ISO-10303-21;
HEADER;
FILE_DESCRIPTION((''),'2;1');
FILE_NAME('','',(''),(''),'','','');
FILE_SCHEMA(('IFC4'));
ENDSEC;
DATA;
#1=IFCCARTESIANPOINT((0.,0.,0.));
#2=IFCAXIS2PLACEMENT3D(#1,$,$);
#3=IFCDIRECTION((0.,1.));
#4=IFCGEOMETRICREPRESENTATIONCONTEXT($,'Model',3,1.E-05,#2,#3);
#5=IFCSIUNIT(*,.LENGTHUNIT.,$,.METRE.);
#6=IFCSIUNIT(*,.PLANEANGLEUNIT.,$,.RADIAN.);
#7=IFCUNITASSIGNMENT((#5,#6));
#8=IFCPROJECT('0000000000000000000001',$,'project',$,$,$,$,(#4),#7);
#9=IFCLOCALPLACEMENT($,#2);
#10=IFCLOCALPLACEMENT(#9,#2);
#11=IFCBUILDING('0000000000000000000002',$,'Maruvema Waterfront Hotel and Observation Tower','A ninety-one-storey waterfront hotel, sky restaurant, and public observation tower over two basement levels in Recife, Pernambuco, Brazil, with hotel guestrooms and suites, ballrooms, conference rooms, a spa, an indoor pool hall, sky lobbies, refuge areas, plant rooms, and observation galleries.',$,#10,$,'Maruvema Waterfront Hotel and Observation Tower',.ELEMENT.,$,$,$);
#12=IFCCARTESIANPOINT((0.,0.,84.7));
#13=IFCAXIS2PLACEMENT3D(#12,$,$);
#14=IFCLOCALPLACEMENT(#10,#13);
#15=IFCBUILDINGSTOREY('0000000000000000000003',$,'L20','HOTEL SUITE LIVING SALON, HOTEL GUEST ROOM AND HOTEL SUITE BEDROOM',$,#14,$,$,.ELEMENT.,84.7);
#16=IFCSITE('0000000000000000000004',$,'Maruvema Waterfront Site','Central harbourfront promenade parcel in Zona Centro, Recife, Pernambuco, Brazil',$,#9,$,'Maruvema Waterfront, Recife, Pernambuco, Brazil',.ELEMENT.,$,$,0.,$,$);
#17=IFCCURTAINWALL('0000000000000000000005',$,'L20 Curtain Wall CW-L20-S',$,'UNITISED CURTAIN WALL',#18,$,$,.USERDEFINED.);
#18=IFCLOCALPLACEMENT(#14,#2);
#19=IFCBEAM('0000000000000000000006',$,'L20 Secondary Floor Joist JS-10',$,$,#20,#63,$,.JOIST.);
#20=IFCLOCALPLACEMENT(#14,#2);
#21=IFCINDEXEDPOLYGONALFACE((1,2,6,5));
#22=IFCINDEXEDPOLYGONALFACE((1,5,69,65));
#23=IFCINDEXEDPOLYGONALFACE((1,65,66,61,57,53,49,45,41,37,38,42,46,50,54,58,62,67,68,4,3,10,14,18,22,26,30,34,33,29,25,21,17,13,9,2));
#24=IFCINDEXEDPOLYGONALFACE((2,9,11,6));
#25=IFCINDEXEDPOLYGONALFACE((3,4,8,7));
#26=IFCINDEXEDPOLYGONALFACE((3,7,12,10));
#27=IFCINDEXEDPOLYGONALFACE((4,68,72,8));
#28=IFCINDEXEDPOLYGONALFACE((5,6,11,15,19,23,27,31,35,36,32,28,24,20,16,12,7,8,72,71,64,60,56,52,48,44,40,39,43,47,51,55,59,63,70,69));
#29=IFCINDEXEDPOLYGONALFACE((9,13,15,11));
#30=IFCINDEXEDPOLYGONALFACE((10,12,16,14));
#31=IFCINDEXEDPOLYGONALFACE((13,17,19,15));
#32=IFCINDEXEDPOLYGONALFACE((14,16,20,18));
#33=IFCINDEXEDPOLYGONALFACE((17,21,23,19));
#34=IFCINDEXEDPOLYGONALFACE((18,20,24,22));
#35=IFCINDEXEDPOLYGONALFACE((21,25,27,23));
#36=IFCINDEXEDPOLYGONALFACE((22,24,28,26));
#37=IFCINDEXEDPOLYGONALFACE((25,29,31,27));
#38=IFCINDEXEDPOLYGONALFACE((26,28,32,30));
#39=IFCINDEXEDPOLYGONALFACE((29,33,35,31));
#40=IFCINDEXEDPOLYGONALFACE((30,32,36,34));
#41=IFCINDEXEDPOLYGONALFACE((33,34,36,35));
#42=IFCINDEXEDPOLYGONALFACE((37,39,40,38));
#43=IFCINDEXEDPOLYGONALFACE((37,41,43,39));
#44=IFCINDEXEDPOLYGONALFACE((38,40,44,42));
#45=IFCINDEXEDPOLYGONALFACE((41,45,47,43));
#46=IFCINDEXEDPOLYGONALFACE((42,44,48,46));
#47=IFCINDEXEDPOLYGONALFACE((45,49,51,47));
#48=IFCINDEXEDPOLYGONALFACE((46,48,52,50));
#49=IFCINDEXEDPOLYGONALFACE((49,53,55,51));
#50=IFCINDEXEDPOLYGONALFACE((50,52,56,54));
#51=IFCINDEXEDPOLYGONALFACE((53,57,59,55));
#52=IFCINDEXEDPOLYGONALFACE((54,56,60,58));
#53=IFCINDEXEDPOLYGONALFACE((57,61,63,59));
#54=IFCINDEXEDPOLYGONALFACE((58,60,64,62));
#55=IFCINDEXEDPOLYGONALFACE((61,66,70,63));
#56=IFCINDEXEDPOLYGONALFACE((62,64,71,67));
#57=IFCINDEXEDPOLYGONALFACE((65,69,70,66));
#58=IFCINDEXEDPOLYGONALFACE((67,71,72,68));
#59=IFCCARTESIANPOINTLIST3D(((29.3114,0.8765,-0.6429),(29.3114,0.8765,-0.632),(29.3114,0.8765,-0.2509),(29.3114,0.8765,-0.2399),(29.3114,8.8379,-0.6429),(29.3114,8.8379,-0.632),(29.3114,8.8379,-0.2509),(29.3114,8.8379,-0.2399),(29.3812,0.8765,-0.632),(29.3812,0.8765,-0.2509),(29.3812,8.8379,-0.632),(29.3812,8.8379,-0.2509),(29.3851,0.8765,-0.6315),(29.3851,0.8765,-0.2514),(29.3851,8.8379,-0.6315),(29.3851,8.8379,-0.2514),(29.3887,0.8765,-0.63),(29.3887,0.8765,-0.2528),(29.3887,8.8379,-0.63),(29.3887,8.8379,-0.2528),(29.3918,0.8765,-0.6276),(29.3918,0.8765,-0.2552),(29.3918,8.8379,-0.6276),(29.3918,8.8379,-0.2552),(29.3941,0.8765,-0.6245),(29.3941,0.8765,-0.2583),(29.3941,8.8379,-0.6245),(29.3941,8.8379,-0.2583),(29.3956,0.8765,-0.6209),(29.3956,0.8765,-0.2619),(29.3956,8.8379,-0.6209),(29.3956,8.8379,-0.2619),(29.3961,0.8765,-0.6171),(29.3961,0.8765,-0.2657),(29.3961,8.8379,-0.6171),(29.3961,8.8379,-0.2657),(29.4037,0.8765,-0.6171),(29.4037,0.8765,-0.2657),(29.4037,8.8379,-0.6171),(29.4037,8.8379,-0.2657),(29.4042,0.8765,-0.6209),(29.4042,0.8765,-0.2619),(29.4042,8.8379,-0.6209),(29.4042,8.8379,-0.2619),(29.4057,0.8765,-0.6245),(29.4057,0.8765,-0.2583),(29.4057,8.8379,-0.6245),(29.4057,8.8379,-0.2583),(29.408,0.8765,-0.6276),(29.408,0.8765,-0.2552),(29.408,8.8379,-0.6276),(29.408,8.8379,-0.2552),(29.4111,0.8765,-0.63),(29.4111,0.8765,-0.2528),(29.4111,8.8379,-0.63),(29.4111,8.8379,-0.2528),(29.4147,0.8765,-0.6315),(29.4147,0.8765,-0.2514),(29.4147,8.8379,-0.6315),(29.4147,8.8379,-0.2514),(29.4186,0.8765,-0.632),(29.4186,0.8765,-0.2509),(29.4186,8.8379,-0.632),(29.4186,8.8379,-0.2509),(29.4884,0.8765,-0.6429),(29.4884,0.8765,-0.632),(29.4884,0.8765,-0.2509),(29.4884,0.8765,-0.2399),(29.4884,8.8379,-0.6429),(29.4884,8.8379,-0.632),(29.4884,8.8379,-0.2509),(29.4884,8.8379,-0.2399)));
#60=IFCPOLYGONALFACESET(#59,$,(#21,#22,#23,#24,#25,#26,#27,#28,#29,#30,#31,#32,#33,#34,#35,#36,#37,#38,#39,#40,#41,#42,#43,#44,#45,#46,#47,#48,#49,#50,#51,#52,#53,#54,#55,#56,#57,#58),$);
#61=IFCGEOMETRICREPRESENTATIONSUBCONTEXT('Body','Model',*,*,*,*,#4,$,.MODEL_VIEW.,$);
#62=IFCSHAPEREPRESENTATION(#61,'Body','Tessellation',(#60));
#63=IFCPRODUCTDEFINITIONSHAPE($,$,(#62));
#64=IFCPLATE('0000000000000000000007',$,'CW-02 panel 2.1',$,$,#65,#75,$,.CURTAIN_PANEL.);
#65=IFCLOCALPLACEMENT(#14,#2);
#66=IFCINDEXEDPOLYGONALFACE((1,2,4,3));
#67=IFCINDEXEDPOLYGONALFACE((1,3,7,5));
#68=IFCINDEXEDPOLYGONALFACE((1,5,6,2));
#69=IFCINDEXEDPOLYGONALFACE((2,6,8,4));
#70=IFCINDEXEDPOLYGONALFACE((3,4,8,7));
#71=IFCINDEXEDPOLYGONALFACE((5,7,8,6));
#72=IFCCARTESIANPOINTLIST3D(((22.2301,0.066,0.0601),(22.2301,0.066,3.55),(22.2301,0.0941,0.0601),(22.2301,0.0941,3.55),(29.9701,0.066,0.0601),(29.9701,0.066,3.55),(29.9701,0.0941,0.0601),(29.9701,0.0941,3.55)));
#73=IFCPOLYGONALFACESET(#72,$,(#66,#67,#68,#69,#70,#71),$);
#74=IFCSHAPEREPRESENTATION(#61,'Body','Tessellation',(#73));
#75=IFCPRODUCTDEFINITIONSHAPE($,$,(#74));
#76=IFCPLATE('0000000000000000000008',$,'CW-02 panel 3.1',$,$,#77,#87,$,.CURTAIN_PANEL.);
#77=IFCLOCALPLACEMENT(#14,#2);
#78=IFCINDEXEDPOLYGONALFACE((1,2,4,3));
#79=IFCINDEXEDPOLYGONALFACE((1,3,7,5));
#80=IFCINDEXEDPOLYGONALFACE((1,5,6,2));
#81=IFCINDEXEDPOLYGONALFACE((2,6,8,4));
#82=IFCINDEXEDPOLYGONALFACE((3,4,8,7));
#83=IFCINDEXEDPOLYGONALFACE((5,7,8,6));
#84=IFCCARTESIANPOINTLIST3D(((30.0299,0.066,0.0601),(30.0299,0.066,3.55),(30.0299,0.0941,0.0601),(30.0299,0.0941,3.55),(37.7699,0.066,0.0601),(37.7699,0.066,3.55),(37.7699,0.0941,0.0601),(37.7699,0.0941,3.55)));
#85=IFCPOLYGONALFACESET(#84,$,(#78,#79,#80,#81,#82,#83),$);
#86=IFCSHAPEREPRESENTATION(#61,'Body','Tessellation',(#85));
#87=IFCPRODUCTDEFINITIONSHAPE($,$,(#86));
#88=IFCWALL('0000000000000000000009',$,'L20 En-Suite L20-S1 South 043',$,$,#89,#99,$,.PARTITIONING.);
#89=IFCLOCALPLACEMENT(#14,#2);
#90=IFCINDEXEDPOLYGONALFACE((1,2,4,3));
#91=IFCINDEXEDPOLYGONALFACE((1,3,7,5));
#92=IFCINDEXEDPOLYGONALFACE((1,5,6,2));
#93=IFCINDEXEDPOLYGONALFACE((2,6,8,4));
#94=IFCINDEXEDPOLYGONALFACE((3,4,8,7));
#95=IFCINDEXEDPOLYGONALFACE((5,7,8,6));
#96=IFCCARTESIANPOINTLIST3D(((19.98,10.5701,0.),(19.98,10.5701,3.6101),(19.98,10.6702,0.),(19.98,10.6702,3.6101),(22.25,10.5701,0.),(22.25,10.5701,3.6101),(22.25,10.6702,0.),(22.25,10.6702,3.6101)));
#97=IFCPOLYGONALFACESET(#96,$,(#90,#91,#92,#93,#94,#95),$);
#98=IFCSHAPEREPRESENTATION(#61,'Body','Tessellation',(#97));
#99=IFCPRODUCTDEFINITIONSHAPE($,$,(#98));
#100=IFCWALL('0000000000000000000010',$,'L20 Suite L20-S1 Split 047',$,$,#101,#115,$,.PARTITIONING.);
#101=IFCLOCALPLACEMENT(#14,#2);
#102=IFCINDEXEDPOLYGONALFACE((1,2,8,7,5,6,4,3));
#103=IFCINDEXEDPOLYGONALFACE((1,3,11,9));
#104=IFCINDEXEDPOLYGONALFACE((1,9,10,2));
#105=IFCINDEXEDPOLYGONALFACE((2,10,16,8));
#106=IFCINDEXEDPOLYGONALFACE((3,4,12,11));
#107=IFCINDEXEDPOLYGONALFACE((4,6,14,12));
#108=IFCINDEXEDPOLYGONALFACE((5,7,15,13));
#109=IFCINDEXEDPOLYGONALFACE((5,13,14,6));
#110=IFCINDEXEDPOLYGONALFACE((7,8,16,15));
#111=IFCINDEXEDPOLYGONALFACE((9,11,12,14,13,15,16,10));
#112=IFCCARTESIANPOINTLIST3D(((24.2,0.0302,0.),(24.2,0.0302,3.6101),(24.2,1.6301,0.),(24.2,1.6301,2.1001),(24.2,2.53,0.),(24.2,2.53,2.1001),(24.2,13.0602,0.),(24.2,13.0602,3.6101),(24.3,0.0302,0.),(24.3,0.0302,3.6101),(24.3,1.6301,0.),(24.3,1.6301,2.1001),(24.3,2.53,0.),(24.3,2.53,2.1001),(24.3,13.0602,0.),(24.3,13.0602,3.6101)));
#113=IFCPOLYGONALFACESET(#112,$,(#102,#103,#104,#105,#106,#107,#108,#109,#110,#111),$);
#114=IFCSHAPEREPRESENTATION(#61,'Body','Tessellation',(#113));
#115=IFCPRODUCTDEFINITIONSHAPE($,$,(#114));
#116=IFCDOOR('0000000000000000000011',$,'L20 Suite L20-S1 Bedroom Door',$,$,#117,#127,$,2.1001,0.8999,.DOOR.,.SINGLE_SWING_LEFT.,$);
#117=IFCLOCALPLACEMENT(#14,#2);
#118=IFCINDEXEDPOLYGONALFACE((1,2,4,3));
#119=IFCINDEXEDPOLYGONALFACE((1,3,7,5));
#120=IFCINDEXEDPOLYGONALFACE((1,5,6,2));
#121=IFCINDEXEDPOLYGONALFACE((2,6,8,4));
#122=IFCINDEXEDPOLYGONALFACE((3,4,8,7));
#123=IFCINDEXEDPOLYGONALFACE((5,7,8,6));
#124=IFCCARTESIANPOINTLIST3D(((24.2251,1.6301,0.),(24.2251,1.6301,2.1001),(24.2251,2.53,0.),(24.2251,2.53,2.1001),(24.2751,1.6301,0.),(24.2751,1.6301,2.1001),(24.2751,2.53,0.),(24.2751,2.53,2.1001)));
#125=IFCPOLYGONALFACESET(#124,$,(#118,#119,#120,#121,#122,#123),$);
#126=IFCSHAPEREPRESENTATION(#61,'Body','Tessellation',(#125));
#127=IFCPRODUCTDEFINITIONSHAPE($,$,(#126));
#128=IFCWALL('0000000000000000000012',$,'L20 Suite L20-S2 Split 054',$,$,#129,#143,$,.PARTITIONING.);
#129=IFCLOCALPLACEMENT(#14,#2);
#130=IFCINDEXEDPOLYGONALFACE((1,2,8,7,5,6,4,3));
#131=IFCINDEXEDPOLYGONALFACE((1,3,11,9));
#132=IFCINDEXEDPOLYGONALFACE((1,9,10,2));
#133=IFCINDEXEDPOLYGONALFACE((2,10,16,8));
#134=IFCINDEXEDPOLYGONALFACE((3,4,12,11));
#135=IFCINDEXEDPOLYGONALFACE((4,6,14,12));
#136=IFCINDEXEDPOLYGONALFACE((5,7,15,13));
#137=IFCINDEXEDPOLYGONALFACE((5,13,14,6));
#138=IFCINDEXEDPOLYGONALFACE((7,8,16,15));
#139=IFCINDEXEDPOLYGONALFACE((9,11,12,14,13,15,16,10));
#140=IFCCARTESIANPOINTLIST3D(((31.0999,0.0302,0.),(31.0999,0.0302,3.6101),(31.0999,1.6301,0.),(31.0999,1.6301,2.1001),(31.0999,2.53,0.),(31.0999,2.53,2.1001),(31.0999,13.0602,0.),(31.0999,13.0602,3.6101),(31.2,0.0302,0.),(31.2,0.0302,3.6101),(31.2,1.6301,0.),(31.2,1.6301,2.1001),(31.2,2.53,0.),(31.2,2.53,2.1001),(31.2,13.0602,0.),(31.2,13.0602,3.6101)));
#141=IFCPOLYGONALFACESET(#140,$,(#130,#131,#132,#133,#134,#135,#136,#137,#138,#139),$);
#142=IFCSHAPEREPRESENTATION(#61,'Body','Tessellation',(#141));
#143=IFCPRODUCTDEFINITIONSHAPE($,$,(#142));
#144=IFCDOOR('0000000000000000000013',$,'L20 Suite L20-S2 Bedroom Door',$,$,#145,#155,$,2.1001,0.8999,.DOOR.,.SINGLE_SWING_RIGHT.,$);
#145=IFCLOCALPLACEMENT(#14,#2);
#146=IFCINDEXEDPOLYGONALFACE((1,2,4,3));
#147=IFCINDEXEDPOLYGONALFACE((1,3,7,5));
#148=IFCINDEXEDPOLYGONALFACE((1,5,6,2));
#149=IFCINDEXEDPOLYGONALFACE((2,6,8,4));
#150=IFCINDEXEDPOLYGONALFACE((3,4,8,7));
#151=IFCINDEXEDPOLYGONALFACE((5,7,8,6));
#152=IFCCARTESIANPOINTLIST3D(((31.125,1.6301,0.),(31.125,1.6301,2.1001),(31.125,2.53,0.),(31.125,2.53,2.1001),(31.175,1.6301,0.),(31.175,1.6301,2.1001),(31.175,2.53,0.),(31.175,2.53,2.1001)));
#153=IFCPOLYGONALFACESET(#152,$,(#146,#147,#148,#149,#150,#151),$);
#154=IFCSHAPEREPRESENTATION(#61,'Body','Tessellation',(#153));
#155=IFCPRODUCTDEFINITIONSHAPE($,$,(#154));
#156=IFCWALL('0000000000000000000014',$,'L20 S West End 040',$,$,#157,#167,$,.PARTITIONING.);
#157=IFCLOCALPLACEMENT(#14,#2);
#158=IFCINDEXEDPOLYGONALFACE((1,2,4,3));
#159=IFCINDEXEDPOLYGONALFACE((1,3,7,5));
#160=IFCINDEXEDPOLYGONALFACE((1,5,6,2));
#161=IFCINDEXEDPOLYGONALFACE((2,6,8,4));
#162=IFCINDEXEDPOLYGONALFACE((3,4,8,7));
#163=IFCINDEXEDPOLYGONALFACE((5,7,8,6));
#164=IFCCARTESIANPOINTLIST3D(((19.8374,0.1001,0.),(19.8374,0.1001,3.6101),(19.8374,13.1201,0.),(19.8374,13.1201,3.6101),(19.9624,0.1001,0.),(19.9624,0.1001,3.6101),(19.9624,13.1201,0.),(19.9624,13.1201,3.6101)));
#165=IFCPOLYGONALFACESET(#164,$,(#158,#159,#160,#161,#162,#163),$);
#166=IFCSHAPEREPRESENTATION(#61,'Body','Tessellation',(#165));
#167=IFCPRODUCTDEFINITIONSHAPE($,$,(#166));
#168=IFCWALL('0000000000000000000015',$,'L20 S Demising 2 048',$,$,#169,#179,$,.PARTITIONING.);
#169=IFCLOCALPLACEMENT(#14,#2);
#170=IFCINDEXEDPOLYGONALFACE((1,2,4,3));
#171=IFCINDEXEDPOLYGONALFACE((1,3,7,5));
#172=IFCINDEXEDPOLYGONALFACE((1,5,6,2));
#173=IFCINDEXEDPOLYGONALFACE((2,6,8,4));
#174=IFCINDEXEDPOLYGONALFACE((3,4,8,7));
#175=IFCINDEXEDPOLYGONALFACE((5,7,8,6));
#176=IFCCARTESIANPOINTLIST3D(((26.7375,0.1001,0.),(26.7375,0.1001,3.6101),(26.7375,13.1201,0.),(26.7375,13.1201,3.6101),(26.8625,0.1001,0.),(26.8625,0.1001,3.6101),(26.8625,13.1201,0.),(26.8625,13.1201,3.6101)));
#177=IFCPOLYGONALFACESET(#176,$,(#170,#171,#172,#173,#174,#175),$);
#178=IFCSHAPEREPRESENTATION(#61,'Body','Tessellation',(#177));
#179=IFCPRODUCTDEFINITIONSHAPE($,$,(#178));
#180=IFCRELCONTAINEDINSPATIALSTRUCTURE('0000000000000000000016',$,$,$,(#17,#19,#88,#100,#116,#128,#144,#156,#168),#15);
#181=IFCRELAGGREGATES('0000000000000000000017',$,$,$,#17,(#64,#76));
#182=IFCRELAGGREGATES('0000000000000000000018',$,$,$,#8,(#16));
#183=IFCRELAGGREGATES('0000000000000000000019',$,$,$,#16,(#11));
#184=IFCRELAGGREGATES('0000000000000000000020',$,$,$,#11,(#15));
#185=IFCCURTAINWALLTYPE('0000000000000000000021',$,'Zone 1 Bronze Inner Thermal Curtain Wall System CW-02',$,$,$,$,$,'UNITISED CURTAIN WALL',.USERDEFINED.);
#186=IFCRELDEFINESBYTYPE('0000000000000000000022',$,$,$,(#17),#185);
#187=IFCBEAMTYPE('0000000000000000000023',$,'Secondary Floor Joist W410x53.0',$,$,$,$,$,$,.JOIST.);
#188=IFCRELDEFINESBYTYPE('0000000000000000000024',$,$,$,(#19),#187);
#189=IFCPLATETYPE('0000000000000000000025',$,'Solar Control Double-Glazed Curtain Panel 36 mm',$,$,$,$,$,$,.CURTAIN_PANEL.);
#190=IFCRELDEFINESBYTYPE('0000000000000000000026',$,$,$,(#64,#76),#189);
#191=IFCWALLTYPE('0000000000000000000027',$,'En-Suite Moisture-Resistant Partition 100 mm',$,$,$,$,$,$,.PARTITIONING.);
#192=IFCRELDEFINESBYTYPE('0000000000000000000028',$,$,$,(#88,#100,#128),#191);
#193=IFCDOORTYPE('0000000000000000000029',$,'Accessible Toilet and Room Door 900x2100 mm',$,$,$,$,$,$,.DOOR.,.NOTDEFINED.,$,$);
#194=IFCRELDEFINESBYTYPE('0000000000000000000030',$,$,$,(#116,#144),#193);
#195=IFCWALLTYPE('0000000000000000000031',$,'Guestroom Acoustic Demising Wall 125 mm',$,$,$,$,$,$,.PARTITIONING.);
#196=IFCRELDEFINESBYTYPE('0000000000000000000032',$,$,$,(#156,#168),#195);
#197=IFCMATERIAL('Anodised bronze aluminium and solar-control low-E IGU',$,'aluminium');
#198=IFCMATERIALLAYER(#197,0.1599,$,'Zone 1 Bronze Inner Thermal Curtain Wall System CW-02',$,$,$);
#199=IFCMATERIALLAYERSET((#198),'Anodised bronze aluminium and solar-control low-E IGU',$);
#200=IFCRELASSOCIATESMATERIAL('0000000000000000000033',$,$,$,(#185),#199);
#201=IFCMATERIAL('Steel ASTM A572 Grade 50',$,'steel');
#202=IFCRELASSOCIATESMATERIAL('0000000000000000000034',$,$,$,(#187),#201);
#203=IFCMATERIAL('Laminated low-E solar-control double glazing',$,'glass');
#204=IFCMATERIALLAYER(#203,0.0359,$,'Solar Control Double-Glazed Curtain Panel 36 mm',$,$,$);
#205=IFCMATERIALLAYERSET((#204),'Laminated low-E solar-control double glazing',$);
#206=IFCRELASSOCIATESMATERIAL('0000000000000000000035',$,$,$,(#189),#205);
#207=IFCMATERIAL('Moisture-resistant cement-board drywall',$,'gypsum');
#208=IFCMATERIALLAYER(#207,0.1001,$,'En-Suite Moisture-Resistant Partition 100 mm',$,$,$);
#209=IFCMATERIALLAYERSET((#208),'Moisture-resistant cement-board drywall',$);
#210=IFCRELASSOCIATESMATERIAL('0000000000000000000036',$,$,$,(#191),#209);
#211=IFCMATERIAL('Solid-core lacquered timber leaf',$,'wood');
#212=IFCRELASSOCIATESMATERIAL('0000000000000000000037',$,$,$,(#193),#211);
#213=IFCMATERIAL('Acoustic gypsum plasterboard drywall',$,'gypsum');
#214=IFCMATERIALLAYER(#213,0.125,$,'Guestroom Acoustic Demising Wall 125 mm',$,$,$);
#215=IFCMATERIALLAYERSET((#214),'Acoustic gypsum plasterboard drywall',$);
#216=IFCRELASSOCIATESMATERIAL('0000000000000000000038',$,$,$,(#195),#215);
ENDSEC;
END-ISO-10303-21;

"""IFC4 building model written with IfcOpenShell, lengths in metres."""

from ifc_helpers import new_model, si_unit, direction, frame, frame_2d, origin, origin_2d, place, context, subcontext, project, spatial, rectangle, i_section, extrude, material, layer, layer_set, material_profile, profile_set, type_object, element, fill, aggregate, save


model = new_model("IFC4")

# Units and contexts
model_context = context("Model", 3, precision=1e-05, world=origin(), true_north=direction((0.0, 1.0)))
body_context = subcontext(model_context, "Body", "Model", "MODEL_VIEW")
ifc_project = project(units=[si_unit("LENGTHUNIT", "METRE"), si_unit("PLANEANGLEUNIT", "RADIAN")], contexts=[model_context])

# Site, building, storey
site_placement = place(None, origin())
site = spatial("IfcSite", under=ifc_project, at=site_placement, Name="Maruvema Waterfront Site", Description="Central harbourfront promenade parcel in Zona Centro, Recife, Pernambuco, Brazil", LongName="Maruvema Waterfront, Recife, Pernambuco, Brazil", CompositionType="ELEMENT", RefElevation=0.0)
building_placement = place(site_placement, origin())
building = spatial("IfcBuilding", under=site, at=building_placement, Name="Maruvema Waterfront Hotel and Observation Tower", Description="A ninety-one-storey waterfront hotel, sky restaurant, and public observation tower over two basement levels in Recife, Pernambuco, Brazil, with hotel guestrooms and suites, ballrooms, conference rooms, a spa, an indoor pool hall, sky lobbies, refuge areas, plant rooms, and observation galleries.", LongName="Maruvema Waterfront Hotel and Observation Tower", CompositionType="ELEMENT")
storey_placement = place(building_placement, frame((0.0, 0.0, 84.7)))
storey = spatial("IfcBuildingStorey", under=building, at=storey_placement, Name="L20", Description="HOTEL SUITE LIVING SALON, HOTEL GUEST ROOM AND HOTEL SUITE BEDROOM", CompositionType="ELEMENT", Elevation=84.7)

# Curtain wall
ifc_material_1 = material(Name="Anodised bronze aluminium and solar-control low-E IGU", Category="aluminium")
ifc_layer_1 = layer(ifc_material_1, 0.1599, Name="Zone 1 Bronze Inner Thermal Curtain Wall System CW-02")
ifc_layer_set_1 = layer_set([ifc_layer_1], Name="Anodised bronze aluminium and solar-control low-E IGU")
curtain_wall_type = type_object("IfcCurtainWallType", Name="Zone 1 Bronze Inner Thermal Curtain Wall System CW-02", ElementType="UNITISED CURTAIN WALL", PredefinedType="USERDEFINED", material=ifc_layer_set_1)
curtain_wall_placement = place(storey_placement, origin())
curtain_wall = element("IfcCurtainWall", 1, at=curtain_wall_placement, inside=storey, type_object=curtain_wall_type, Name="L20 Curtain Wall CW-L20-S", ObjectType="UNITISED CURTAIN WALL", PredefinedType="USERDEFINED")

# Beam
ifc_material_2 = material(Name="Steel ASTM A572 Grade 50", Category="steel")
ifc_material_profile_1 = material_profile(ifc_material_2, i_section(OverallWidth=0.177, OverallDepth=0.4031, WebThickness=0.0076, FlangeThickness=0.011, FilletRadius=0.0149, at=origin_2d()), Name="W410x53.0")
ifc_profile_set_1 = profile_set([ifc_material_profile_1], Name="Steel ASTM A572 Grade 50")
beam_type_1 = type_object("IfcBeamType", Name="Secondary Floor Joist W410x53.0", PredefinedType="JOIST", material=ifc_profile_set_1)
beam_1_placement = place(storey_placement, frame((29.3999, 0.8765, -0.4414), z_axis=(0.0, 1.0, 0.0), x_axis=(-1.0, 0.0, 0.0)))
element("IfcBeam", 2, at=beam_1_placement, inside=storey, type_object=beam_type_1, Name="L20 Secondary Floor Joist JS-10", PredefinedType="JOIST", context=body_context, shape_type="SweptSolid", body=[
    extrude(i_section(OverallWidth=0.177, OverallDepth=0.4031, WebThickness=0.0076, FlangeThickness=0.011, FilletRadius=0.0149, at=origin_2d()), origin(), (0.0, 0.0, 1.0), 7.9614),
])

# Plates
ifc_material_3 = material(Name="Laminated low-E solar-control double glazing", Category="glass")
ifc_layer_2 = layer(ifc_material_3, 0.0359, Name="Solar Control Double-Glazed Curtain Panel 36 mm")
ifc_layer_set_2 = layer_set([ifc_layer_2], Name="Laminated low-E solar-control double glazing")
plate_type = type_object("IfcPlateType", Name="Solar Control Double-Glazed Curtain Panel 36 mm", PredefinedType="CURTAIN_PANEL", material=ifc_layer_set_2)
plate_1_placement = place(storey_placement, frame((26.1001, 0.0801, 0.0601), z_axis=(0.0, 0.0, 1.0), x_axis=(1.0, 0.0, 0.0)))
plate_1 = element("IfcPlate", 3, at=plate_1_placement, type_object=plate_type, Name="CW-02 panel 2.1", PredefinedType="CURTAIN_PANEL", context=body_context, shape_type="SweptSolid", body=[
    extrude(rectangle(XDim=7.74, YDim=0.0281, at=origin_2d()), origin(), (0.0, 0.0, 1.0), 3.49),
])
plate_2_placement = place(storey_placement, frame((33.8999, 0.0801, 0.0601), z_axis=(0.0, 0.0, 1.0), x_axis=(1.0, 0.0, 0.0)))
plate_2 = element("IfcPlate", 4, at=plate_2_placement, type_object=plate_type, Name="CW-02 panel 3.1", PredefinedType="CURTAIN_PANEL", context=body_context, shape_type="SweptSolid", body=[
    extrude(rectangle(XDim=7.74, YDim=0.0281, at=origin_2d()), origin(), (0.0, 0.0, 1.0), 3.49),
])
aggregate(curtain_wall, [plate_1, plate_2])

# Wall
ifc_material_4 = material(Name="Moisture-resistant cement-board drywall", Category="gypsum")
ifc_layer_3 = layer(ifc_material_4, 0.1001, Name="En-Suite Moisture-Resistant Partition 100 mm")
ifc_layer_set_3 = layer_set([ifc_layer_3], Name="Moisture-resistant cement-board drywall")
wall_type_1 = type_object("IfcWallType", Name="En-Suite Moisture-Resistant Partition 100 mm", PredefinedType="PARTITIONING", material=ifc_layer_set_3)
wall_1_placement = place(storey_placement, frame((19.98, 10.6201, 0.0), z_axis=(0.0, 0.0, 1.0), x_axis=(1.0, 0.0, 0.0)))
element("IfcWall", 5, at=wall_1_placement, inside=storey, type_object=wall_type_1, Name="L20 En-Suite L20-S1 South 043", PredefinedType="PARTITIONING", context=body_context, shape_type="SweptSolid", body=[
    extrude(rectangle(XDim=2.27, YDim=0.1001, at=frame_2d((1.135, 0.0))), origin(), (0.0, 0.0, 1.0), 3.6101),
])

# Walls, openings, doors
wall_2_placement = place(storey_placement, frame((24.25, 0.03, 0.0), z_axis=(0.0, 0.0, 1.0), x_axis=(0.0, 1.0, 0.0)))
wall_2 = element("IfcWall", 6, at=wall_2_placement, inside=storey, type_object=wall_type_1, Name="L20 Suite L20-S1 Split 047", PredefinedType="PARTITIONING", context=body_context, shape_type="SweptSolid", body=[
    extrude(rectangle(XDim=13.03, YDim=0.1001, at=frame_2d((6.5151, 0.0))), origin(), (0.0, 0.0, 1.0), 3.6101),
])
opening_1_placement = place(wall_2_placement, frame((1.6001, 0.0, 0.0)))
opening_1 = element("IfcOpeningElement", 7, at=opening_1_placement, cuts=wall_2, PredefinedType="OPENING", context=body_context, shape_type="SweptSolid", body=[
    extrude(rectangle(XDim=0.8999, YDim=2.1001, at=frame_2d((0.45, 1.05))), frame((0.0, 0.0601, 0.0), z_axis=(0.0, -1.0, 0.0), x_axis=(1.0, 0.0, 0.0)), (0.0, 0.0, 1.0), 0.1201),
])
ifc_material_5 = material(Name="Solid-core lacquered timber leaf", Category="wood")
door_type = type_object("IfcDoorType", Name="Accessible Toilet and Room Door 900x2100 mm", OperationType="NOTDEFINED", PredefinedType="DOOR", material=ifc_material_5)
door_1_placement = place(opening_1_placement, origin())
door_1 = element("IfcDoor", 8, at=door_1_placement, inside=storey, type_object=door_type, Name="L20 Suite L20-S1 Bedroom Door", OperationType="SINGLE_SWING_LEFT", OverallHeight=2.1001, OverallWidth=0.8999, PredefinedType="DOOR", context=body_context, shape_type="SweptSolid", body=[
    extrude(rectangle(XDim=0.8999, YDim=2.1001, at=frame_2d((0.45, 1.05))), frame((0.0, 0.0249, 0.0), z_axis=(0.0, -1.0, 0.0), x_axis=(1.0, 0.0, 0.0)), (0.0, 0.0, 1.0), 0.05),
])
fill(opening_1, door_1)
wall_3_placement = place(storey_placement, frame((31.1499, 0.03, 0.0), z_axis=(0.0, 0.0, 1.0), x_axis=(0.0, 1.0, 0.0)))
wall_3 = element("IfcWall", 9, at=wall_3_placement, inside=storey, type_object=wall_type_1, Name="L20 Suite L20-S2 Split 054", PredefinedType="PARTITIONING", context=body_context, shape_type="SweptSolid", body=[
    extrude(rectangle(XDim=13.03, YDim=0.1001, at=frame_2d((6.5151, 0.0))), origin(), (0.0, 0.0, 1.0), 3.6101),
])
opening_2_placement = place(wall_3_placement, frame((1.6001, 0.0, 0.0)))
opening_2 = element("IfcOpeningElement", 10, at=opening_2_placement, cuts=wall_3, PredefinedType="OPENING", context=body_context, shape_type="SweptSolid", body=[
    extrude(rectangle(XDim=0.8999, YDim=2.1001, at=frame_2d((0.45, 1.05))), frame((0.0, 0.0601, 0.0), z_axis=(0.0, -1.0, 0.0), x_axis=(1.0, 0.0, 0.0)), (0.0, 0.0, 1.0), 0.1201),
])
door_2_placement = place(opening_2_placement, origin())
door_2 = element("IfcDoor", 11, at=door_2_placement, inside=storey, type_object=door_type, Name="L20 Suite L20-S2 Bedroom Door", OperationType="SINGLE_SWING_RIGHT", OverallHeight=2.1001, OverallWidth=0.8999, PredefinedType="DOOR", context=body_context, shape_type="SweptSolid", body=[
    extrude(rectangle(XDim=0.8999, YDim=2.1001, at=frame_2d((0.45, 1.05))), frame((0.0, 0.0249, 0.0), z_axis=(0.0, -1.0, 0.0), x_axis=(1.0, 0.0, 0.0)), (0.0, 0.0, 1.0), 0.05),
])
fill(opening_2, door_2)

# Walls
ifc_material_6 = material(Name="Acoustic gypsum plasterboard drywall", Category="gypsum")
ifc_layer_4 = layer(ifc_material_6, 0.125, Name="Guestroom Acoustic Demising Wall 125 mm")
ifc_layer_set_4 = layer_set([ifc_layer_4], Name="Acoustic gypsum plasterboard drywall")
wall_type_2 = type_object("IfcWallType", Name="Guestroom Acoustic Demising Wall 125 mm", PredefinedType="PARTITIONING", material=ifc_layer_set_4)
for number, where, z_axis, x_axis, name in (
    (12, (19.8999, 0.1001, 0.0), (0.0, 0.0, 1.0), (0.0, 1.0, 0.0), "L20 S West End 040"),
    (13, (26.8, 0.1001, 0.0), (0.0, 0.0, 1.0), (0.0, 1.0, 0.0), "L20 S Demising 2 048"),
):
    element("IfcWall", number, at=place(storey_placement, frame(where, z_axis=z_axis, x_axis=x_axis)), inside=storey, type_object=wall_type_2, Name=name, PredefinedType="PARTITIONING", context=body_context, shape_type="SweptSolid", body=[
        extrude(rectangle(XDim=13.02, YDim=0.125, at=frame_2d((6.51, 0.0))), origin(), (0.0, 0.0, 1.0), 3.6101),
    ])

save(model, "model.ifc")
